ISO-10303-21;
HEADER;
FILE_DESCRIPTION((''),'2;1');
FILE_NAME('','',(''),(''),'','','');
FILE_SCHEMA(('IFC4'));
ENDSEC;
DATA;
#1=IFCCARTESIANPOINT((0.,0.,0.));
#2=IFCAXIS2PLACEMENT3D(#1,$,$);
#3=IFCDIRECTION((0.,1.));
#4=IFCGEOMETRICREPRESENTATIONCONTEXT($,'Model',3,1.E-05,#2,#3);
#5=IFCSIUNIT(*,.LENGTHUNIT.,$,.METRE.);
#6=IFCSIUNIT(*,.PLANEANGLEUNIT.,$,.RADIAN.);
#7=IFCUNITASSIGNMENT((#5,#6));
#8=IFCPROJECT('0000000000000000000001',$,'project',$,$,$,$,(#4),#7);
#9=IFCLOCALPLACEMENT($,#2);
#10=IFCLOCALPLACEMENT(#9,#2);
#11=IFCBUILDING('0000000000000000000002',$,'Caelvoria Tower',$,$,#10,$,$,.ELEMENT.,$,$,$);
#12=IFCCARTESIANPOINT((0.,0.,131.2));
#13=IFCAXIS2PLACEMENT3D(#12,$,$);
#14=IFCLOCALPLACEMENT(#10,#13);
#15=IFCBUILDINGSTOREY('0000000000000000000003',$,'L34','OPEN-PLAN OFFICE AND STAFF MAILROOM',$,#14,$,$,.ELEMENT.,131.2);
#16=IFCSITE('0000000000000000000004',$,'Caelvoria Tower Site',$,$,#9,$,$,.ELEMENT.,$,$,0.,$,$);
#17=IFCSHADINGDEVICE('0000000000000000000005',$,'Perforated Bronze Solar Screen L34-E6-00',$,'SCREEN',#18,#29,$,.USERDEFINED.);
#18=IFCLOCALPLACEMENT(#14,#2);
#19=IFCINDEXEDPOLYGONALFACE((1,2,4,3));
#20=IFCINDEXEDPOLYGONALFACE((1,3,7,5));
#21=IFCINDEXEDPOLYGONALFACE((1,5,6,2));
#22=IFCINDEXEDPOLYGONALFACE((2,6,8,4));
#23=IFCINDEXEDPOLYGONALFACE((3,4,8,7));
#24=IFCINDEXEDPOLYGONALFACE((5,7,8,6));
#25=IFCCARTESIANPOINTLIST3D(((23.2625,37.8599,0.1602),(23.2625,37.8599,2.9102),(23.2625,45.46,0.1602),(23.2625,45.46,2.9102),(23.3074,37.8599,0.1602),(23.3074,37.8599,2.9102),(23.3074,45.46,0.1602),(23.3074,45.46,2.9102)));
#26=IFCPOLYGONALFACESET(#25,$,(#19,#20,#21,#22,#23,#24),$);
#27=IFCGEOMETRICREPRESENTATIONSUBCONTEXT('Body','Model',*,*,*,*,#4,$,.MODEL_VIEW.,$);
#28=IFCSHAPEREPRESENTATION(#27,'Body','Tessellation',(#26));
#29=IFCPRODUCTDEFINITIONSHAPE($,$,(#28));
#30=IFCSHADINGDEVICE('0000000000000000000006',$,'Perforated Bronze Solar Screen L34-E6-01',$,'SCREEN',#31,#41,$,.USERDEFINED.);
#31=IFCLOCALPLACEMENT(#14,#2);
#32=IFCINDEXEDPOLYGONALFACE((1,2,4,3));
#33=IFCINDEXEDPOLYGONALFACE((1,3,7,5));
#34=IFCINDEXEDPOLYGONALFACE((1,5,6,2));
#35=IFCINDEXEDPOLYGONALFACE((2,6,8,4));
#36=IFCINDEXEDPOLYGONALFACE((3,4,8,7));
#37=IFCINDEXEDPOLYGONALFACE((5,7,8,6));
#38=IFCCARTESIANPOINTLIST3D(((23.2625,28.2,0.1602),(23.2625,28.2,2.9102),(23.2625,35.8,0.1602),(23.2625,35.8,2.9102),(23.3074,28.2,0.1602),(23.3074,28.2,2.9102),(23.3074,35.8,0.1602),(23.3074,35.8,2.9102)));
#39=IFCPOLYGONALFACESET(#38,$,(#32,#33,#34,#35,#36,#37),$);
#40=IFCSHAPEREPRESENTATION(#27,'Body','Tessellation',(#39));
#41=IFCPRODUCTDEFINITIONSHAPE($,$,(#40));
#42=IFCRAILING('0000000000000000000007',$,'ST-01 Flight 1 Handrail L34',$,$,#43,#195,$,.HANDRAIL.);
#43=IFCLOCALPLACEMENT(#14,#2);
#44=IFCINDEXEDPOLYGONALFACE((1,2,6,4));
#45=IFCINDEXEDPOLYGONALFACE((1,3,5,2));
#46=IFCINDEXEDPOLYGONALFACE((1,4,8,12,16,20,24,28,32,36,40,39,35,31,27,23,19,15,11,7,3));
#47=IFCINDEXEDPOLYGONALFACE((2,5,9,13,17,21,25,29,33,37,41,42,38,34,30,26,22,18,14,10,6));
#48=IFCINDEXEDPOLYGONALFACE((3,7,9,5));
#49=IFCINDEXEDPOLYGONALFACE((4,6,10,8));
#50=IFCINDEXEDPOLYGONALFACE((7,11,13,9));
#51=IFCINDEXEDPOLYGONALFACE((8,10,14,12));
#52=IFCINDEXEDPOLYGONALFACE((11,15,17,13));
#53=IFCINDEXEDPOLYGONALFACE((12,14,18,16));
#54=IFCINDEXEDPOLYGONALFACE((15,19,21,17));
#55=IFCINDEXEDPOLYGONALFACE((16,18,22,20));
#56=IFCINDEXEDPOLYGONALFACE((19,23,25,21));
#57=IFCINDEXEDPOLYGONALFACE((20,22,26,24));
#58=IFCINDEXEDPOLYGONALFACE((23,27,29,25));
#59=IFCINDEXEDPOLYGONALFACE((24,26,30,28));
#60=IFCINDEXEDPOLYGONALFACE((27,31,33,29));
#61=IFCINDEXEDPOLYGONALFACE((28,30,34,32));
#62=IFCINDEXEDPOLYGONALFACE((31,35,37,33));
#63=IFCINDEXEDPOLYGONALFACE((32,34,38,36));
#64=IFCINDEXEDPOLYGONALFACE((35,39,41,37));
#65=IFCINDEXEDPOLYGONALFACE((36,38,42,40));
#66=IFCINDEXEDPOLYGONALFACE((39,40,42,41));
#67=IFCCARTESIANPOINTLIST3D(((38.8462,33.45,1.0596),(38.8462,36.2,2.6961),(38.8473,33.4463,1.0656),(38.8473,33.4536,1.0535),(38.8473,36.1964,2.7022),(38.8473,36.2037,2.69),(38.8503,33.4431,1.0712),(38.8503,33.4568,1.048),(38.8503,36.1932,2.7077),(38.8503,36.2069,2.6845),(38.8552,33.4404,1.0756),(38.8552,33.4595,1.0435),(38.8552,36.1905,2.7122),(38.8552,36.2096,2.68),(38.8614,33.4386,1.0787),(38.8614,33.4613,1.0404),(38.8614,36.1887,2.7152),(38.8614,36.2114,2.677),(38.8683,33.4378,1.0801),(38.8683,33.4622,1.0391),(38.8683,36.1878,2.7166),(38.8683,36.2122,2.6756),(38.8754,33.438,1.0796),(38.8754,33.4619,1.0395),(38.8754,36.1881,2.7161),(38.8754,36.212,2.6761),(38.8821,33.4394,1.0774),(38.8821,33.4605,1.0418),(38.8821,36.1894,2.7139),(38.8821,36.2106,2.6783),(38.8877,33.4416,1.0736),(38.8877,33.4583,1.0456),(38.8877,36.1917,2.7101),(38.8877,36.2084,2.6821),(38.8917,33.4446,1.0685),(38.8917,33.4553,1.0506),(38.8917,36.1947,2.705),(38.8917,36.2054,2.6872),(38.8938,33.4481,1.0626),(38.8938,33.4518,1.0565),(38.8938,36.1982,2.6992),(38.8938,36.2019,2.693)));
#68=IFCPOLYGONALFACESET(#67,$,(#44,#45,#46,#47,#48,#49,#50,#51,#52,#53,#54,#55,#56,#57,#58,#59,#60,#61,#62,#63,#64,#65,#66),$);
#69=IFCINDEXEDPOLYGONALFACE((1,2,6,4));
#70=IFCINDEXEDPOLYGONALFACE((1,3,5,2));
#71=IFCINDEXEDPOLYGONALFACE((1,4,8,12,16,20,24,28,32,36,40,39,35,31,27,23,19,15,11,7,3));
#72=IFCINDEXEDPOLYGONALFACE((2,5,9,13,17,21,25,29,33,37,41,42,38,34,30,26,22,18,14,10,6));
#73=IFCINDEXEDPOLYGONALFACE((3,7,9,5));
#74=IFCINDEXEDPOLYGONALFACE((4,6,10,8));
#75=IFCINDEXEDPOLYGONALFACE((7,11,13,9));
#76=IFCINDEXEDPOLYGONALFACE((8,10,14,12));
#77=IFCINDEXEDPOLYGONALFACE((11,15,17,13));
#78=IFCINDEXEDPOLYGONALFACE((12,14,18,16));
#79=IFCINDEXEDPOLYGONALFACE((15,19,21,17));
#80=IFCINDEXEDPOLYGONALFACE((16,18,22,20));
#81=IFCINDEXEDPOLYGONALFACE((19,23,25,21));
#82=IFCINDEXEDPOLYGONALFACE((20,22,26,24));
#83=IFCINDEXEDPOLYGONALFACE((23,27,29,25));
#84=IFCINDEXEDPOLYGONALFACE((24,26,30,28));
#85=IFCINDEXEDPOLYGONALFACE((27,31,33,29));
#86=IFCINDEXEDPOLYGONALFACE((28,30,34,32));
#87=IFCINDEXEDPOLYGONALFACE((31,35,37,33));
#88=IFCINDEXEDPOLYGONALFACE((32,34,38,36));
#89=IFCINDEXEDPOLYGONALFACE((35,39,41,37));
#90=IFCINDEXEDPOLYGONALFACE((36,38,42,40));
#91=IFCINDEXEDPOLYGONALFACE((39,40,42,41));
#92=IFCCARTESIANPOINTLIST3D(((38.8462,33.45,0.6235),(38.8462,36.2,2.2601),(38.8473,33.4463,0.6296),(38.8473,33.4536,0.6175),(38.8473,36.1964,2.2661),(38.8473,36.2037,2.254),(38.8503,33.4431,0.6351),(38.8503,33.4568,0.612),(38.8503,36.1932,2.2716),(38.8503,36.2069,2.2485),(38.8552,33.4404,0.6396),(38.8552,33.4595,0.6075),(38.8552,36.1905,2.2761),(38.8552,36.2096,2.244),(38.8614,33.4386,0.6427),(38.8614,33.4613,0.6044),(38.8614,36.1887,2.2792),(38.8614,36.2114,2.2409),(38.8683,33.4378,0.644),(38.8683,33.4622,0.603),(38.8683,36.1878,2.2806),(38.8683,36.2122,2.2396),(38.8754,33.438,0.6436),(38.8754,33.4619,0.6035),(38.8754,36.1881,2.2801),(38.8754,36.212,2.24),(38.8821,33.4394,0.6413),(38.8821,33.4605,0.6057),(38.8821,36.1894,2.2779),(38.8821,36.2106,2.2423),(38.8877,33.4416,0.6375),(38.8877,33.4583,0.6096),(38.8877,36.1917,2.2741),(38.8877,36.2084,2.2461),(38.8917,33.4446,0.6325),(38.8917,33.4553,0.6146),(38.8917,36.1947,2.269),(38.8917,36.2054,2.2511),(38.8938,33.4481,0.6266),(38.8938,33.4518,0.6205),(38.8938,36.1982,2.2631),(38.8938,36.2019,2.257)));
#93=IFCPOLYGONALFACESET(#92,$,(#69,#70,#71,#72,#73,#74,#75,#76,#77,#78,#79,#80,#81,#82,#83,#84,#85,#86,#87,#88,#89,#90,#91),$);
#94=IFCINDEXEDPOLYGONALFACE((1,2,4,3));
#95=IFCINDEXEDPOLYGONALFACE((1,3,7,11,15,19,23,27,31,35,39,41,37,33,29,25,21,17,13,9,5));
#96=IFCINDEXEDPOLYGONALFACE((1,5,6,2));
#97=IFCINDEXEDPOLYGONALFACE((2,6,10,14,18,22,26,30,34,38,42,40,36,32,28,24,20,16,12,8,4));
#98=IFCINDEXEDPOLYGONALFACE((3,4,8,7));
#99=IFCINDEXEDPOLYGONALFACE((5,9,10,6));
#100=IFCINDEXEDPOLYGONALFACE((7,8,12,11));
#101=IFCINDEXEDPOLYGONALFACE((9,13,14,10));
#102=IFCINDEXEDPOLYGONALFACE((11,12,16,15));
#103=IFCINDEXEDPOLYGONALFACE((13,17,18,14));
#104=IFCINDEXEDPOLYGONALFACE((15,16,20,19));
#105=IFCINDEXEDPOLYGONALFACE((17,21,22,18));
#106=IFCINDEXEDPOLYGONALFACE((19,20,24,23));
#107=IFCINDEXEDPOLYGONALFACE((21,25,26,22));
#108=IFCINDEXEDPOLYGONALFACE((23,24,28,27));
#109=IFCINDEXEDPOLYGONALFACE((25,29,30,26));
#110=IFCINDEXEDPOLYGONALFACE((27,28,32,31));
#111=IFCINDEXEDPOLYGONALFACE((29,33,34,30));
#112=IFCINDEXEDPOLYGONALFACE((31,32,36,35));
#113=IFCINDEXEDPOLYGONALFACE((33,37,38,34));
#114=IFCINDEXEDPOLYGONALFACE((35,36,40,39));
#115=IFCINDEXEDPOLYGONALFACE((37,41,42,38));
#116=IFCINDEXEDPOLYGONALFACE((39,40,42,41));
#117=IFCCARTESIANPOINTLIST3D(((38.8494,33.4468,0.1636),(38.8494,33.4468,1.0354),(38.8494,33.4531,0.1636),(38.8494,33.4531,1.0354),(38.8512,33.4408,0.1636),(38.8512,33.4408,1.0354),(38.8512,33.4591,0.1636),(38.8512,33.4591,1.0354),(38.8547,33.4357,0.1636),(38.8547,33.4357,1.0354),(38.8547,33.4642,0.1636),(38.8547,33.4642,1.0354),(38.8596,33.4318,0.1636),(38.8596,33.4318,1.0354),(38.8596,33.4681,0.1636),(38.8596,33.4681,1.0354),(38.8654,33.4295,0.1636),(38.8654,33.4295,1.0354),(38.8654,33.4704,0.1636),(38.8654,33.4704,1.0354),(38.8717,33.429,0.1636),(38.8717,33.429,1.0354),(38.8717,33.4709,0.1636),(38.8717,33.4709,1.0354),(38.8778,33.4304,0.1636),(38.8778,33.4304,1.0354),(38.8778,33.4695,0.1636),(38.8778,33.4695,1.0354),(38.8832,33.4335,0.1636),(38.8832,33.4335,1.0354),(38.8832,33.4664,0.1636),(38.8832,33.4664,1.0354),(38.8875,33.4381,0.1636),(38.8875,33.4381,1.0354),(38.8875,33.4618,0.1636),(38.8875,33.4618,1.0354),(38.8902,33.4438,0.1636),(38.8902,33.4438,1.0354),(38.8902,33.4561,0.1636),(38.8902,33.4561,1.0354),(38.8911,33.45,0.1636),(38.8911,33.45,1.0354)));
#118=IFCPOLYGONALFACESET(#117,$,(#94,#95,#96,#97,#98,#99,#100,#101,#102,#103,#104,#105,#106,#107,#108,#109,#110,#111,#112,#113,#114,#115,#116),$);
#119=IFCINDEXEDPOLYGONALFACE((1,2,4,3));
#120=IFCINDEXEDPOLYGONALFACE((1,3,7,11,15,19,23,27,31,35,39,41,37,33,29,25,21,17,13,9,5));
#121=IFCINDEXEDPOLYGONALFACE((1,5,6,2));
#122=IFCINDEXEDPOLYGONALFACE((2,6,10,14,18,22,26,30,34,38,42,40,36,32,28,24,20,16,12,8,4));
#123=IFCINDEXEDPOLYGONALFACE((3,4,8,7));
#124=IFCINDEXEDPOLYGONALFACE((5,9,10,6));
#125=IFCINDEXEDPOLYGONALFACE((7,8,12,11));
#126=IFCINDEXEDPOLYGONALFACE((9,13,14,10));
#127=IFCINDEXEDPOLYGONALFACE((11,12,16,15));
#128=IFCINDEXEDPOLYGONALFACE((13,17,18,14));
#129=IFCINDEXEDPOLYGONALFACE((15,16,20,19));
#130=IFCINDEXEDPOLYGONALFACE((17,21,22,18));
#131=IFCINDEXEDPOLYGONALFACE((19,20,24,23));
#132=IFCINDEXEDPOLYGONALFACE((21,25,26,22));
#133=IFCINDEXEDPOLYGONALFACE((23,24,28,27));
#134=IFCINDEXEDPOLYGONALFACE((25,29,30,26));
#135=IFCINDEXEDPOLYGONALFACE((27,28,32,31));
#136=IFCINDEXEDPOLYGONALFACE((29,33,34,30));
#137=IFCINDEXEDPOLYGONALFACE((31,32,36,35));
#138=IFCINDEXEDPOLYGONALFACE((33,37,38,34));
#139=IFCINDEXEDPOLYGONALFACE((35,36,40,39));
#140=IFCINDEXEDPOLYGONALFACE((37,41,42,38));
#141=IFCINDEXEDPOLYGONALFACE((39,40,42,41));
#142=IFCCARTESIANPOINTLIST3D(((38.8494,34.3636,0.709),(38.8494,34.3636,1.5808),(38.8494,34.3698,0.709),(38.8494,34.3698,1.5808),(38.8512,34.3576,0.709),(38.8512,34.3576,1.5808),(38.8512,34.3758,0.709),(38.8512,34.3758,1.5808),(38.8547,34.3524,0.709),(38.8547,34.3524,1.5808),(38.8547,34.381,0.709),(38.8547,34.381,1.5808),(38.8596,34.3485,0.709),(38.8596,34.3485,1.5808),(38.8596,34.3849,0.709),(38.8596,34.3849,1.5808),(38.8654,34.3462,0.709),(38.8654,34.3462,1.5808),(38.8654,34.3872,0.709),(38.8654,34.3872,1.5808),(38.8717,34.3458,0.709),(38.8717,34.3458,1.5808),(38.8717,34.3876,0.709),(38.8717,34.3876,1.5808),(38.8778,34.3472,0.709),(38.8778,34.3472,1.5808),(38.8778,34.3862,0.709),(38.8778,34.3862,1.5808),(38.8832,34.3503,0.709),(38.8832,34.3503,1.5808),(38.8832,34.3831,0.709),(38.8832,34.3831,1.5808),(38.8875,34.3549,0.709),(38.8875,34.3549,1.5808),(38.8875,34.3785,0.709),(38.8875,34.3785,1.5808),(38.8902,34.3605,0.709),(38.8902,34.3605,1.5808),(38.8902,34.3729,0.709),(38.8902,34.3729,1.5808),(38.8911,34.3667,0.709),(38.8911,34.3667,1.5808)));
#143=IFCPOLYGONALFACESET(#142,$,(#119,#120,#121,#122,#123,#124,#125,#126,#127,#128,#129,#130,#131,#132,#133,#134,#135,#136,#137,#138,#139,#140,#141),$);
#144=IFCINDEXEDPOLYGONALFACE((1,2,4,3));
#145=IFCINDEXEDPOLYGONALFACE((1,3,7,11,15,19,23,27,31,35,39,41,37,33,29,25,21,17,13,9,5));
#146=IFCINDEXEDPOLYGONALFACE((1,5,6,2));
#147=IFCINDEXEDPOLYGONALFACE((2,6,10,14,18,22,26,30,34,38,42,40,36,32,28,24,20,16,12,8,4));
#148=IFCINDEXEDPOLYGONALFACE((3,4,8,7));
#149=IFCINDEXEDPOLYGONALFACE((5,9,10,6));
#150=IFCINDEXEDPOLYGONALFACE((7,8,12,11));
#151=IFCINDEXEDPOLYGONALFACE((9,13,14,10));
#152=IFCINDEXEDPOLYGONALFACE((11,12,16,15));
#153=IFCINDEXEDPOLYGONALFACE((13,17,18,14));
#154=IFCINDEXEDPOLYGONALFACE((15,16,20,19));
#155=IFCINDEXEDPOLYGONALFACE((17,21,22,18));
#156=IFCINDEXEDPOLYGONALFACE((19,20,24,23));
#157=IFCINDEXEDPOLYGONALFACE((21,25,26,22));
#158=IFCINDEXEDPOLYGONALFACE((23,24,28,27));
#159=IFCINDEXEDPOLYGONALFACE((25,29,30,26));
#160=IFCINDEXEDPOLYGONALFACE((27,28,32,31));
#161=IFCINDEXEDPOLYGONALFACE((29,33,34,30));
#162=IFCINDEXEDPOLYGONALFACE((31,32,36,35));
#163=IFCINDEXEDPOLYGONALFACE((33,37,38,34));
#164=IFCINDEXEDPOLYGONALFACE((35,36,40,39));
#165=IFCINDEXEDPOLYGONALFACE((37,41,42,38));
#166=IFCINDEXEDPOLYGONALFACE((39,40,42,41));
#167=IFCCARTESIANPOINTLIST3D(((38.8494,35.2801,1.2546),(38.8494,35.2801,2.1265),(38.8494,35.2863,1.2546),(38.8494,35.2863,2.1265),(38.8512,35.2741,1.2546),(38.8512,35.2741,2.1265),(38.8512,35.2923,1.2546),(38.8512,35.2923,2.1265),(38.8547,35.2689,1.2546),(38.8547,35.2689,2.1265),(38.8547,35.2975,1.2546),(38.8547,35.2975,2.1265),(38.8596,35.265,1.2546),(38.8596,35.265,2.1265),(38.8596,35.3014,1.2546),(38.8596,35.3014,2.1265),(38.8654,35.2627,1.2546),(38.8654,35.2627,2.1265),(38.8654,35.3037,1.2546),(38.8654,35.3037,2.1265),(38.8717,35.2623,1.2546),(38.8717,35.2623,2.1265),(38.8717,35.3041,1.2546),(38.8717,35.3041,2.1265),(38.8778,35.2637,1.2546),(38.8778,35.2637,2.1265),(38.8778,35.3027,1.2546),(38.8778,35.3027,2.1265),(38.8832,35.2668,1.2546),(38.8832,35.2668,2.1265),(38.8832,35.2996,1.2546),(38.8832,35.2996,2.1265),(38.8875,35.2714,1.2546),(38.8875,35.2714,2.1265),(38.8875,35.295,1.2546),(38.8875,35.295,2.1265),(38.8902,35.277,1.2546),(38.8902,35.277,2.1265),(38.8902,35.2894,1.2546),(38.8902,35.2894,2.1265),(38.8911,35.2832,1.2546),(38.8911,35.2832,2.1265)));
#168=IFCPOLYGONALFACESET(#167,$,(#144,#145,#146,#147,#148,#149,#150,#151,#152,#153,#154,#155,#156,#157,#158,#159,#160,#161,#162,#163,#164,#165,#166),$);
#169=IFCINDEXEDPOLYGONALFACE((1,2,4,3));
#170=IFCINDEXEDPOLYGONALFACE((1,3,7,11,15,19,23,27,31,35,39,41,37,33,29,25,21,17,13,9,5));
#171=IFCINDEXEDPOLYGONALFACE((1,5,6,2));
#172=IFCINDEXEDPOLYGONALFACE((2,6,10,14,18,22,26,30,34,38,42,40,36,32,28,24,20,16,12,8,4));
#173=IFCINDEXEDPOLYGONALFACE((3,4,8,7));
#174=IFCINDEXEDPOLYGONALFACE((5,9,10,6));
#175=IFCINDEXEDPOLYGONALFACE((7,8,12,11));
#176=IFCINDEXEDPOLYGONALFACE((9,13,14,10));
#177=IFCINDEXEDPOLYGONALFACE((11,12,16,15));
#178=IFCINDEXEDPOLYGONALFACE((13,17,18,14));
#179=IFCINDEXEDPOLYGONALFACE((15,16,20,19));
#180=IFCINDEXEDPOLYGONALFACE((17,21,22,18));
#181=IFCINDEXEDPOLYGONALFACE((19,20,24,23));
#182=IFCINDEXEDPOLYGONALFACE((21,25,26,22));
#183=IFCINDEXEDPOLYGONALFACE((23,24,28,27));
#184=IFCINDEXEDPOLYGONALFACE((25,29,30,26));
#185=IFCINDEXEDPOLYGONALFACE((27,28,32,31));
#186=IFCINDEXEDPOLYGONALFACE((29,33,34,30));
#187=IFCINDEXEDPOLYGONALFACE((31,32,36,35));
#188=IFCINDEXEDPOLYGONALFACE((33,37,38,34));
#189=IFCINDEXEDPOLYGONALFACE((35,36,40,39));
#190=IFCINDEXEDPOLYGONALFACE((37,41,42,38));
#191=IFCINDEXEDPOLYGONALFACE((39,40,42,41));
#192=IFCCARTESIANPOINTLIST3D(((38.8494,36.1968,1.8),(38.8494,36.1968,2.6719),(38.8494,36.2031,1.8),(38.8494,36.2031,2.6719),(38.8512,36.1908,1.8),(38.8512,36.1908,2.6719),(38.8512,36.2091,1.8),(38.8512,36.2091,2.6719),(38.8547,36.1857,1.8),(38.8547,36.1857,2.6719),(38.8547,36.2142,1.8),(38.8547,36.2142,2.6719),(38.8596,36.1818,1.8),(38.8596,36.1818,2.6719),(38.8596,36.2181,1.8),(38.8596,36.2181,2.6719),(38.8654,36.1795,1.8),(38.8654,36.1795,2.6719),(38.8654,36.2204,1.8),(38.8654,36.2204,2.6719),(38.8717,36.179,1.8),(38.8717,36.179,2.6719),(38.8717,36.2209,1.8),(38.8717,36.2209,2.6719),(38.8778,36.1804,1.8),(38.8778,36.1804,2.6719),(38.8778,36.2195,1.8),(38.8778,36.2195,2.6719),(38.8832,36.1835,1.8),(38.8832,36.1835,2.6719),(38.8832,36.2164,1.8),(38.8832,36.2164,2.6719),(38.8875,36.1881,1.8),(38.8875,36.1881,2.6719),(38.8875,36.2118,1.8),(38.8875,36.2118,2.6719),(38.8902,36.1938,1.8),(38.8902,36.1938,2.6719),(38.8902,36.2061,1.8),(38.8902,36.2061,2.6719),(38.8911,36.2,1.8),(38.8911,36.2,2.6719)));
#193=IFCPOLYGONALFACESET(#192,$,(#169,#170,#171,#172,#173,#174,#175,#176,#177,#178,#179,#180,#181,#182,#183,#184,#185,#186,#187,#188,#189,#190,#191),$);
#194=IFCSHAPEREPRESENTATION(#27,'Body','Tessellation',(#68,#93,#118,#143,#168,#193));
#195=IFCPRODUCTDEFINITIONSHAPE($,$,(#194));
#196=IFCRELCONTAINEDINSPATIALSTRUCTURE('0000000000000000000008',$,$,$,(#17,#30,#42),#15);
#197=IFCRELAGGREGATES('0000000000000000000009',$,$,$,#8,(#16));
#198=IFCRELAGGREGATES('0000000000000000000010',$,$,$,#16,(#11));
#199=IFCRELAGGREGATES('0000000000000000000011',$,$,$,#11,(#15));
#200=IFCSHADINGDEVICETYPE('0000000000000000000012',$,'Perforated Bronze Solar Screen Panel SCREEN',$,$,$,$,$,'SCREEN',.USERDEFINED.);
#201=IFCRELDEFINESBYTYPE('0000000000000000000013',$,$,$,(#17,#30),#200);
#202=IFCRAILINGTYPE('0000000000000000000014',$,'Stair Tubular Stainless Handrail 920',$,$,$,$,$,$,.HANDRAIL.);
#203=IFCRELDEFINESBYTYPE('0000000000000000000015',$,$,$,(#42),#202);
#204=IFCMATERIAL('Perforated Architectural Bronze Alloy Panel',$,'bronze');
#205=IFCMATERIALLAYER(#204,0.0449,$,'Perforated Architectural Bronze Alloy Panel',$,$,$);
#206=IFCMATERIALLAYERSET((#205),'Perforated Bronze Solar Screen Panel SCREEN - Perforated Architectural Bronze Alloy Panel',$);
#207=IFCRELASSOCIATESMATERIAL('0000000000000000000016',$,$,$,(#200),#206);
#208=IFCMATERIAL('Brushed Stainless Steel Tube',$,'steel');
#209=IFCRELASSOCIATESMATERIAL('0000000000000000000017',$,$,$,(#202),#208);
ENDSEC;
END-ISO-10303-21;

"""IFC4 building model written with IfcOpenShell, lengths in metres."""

from ifc_helpers import new_model, si_unit, direction, frame, origin, origin_2d, place, context, subcontext, project, spatial, rectangle, circle, extrude, material, layer, layer_set, type_object, element, save


model = new_model("IFC4")

# Units and contexts
model_context = context("Model", 3, precision=1e-05, world=origin(), true_north=direction((0.0, 1.0)))
body_context = subcontext(model_context, "Body", "Model", "MODEL_VIEW")
ifc_project = project(units=[si_unit("LENGTHUNIT", "METRE"), si_unit("PLANEANGLEUNIT", "RADIAN")], contexts=[model_context])

# Site, building, storey
site_placement = place(None, origin())
site = spatial("IfcSite", under=ifc_project, at=site_placement, Name="Caelvoria Tower Site", CompositionType="ELEMENT", RefElevation=0.0)
building_placement = place(site_placement, origin())
building = spatial("IfcBuilding", under=site, at=building_placement, Name="Caelvoria Tower", CompositionType="ELEMENT")
storey_placement = place(building_placement, frame((0.0, 0.0, 131.2)))
storey = spatial("IfcBuildingStorey", under=building, at=storey_placement, Name="L34", Description="OPEN-PLAN OFFICE AND STAFF MAILROOM", CompositionType="ELEMENT", Elevation=131.2)

# Shading devices
ifc_material_1 = material(Name="Perforated Architectural Bronze Alloy Panel", Category="bronze")
ifc_layer_1 = layer(ifc_material_1, 0.0449, Name="Perforated Architectural Bronze Alloy Panel")
ifc_layer_set_1 = layer_set([ifc_layer_1], Name="Perforated Bronze Solar Screen Panel SCREEN - Perforated Architectural Bronze Alloy Panel")
shading_device_type = type_object("IfcShadingDeviceType", Name="Perforated Bronze Solar Screen Panel SCREEN", ElementType="SCREEN", PredefinedType="USERDEFINED", material=ifc_layer_set_1)
for number, where, z_axis, x_axis, name in (
    (1, (23.2849, 41.6599, 0.1602), (0.0, 0.0, 1.0), (0.0, -1.0, 0.0), "Perforated Bronze Solar Screen L34-E6-00"),
    (2, (23.2849, 32.0, 0.1602), (0.0, 0.0, 1.0), (0.0, -1.0, 0.0), "Perforated Bronze Solar Screen L34-E6-01"),
):
    element("IfcShadingDevice", number, at=place(storey_placement, frame(where, z_axis=z_axis, x_axis=x_axis)), inside=storey, type_object=shading_device_type, Name=name, ObjectType="SCREEN", PredefinedType="USERDEFINED", context=body_context, shape_type="SweptSolid", body=[
        extrude(rectangle(XDim=7.6001, YDim=0.0449, at=origin_2d()), origin(), (0.0, 0.0, 1.0), 2.75),
    ])

# Railing
ifc_material_2 = material(Name="Brushed Stainless Steel Tube", Category="steel")
railing_type_1 = type_object("IfcRailingType", Name="Stair Tubular Stainless Handrail 920", PredefinedType="HANDRAIL", material=ifc_material_2)
railing_1_placement = place(storey_placement, frame((38.8701, 33.45, 0.1636)))
element("IfcRailing", 3, at=railing_1_placement, inside=storey, type_object=railing_type_1, Name="ST-01 Flight 1 Handrail L34", PredefinedType="HANDRAIL", context=body_context, shape_type="SweptSolid", body=[
    extrude(circle(Radius=0.0239, at=origin_2d()), frame((0.0, 0.0, 0.896), z_axis=(0.0, 0.859352, 0.511385), x_axis=(-1.0, 0.0, 0.0)), (0.0, 0.0, 1.0), 3.2002),
    extrude(circle(Radius=0.0239, at=origin_2d()), frame((0.0, 0.0, 0.46), z_axis=(0.0, 0.859352, 0.511385), x_axis=(-1.0, 0.0, 0.0)), (0.0, 0.0, 1.0), 3.2002),
    extrude(circle(Radius=0.021, at=origin_2d()), origin(), (0.0, 0.0, 1.0), 0.8718),
    extrude(circle(Radius=0.021, at=origin_2d()), frame((0.0, 0.9167, 0.5454)), (0.0, 0.0, 1.0), 0.8718),
    extrude(circle(Radius=0.021, at=origin_2d()), frame((0.0, 1.8333, 1.0911)), (0.0, 0.0, 1.0), 0.8718),
    extrude(circle(Radius=0.021, at=origin_2d()), frame((0.0, 2.75, 1.6365)), (0.0, 0.0, 1.0), 0.8718),
])

save(model, "model.ifc")
